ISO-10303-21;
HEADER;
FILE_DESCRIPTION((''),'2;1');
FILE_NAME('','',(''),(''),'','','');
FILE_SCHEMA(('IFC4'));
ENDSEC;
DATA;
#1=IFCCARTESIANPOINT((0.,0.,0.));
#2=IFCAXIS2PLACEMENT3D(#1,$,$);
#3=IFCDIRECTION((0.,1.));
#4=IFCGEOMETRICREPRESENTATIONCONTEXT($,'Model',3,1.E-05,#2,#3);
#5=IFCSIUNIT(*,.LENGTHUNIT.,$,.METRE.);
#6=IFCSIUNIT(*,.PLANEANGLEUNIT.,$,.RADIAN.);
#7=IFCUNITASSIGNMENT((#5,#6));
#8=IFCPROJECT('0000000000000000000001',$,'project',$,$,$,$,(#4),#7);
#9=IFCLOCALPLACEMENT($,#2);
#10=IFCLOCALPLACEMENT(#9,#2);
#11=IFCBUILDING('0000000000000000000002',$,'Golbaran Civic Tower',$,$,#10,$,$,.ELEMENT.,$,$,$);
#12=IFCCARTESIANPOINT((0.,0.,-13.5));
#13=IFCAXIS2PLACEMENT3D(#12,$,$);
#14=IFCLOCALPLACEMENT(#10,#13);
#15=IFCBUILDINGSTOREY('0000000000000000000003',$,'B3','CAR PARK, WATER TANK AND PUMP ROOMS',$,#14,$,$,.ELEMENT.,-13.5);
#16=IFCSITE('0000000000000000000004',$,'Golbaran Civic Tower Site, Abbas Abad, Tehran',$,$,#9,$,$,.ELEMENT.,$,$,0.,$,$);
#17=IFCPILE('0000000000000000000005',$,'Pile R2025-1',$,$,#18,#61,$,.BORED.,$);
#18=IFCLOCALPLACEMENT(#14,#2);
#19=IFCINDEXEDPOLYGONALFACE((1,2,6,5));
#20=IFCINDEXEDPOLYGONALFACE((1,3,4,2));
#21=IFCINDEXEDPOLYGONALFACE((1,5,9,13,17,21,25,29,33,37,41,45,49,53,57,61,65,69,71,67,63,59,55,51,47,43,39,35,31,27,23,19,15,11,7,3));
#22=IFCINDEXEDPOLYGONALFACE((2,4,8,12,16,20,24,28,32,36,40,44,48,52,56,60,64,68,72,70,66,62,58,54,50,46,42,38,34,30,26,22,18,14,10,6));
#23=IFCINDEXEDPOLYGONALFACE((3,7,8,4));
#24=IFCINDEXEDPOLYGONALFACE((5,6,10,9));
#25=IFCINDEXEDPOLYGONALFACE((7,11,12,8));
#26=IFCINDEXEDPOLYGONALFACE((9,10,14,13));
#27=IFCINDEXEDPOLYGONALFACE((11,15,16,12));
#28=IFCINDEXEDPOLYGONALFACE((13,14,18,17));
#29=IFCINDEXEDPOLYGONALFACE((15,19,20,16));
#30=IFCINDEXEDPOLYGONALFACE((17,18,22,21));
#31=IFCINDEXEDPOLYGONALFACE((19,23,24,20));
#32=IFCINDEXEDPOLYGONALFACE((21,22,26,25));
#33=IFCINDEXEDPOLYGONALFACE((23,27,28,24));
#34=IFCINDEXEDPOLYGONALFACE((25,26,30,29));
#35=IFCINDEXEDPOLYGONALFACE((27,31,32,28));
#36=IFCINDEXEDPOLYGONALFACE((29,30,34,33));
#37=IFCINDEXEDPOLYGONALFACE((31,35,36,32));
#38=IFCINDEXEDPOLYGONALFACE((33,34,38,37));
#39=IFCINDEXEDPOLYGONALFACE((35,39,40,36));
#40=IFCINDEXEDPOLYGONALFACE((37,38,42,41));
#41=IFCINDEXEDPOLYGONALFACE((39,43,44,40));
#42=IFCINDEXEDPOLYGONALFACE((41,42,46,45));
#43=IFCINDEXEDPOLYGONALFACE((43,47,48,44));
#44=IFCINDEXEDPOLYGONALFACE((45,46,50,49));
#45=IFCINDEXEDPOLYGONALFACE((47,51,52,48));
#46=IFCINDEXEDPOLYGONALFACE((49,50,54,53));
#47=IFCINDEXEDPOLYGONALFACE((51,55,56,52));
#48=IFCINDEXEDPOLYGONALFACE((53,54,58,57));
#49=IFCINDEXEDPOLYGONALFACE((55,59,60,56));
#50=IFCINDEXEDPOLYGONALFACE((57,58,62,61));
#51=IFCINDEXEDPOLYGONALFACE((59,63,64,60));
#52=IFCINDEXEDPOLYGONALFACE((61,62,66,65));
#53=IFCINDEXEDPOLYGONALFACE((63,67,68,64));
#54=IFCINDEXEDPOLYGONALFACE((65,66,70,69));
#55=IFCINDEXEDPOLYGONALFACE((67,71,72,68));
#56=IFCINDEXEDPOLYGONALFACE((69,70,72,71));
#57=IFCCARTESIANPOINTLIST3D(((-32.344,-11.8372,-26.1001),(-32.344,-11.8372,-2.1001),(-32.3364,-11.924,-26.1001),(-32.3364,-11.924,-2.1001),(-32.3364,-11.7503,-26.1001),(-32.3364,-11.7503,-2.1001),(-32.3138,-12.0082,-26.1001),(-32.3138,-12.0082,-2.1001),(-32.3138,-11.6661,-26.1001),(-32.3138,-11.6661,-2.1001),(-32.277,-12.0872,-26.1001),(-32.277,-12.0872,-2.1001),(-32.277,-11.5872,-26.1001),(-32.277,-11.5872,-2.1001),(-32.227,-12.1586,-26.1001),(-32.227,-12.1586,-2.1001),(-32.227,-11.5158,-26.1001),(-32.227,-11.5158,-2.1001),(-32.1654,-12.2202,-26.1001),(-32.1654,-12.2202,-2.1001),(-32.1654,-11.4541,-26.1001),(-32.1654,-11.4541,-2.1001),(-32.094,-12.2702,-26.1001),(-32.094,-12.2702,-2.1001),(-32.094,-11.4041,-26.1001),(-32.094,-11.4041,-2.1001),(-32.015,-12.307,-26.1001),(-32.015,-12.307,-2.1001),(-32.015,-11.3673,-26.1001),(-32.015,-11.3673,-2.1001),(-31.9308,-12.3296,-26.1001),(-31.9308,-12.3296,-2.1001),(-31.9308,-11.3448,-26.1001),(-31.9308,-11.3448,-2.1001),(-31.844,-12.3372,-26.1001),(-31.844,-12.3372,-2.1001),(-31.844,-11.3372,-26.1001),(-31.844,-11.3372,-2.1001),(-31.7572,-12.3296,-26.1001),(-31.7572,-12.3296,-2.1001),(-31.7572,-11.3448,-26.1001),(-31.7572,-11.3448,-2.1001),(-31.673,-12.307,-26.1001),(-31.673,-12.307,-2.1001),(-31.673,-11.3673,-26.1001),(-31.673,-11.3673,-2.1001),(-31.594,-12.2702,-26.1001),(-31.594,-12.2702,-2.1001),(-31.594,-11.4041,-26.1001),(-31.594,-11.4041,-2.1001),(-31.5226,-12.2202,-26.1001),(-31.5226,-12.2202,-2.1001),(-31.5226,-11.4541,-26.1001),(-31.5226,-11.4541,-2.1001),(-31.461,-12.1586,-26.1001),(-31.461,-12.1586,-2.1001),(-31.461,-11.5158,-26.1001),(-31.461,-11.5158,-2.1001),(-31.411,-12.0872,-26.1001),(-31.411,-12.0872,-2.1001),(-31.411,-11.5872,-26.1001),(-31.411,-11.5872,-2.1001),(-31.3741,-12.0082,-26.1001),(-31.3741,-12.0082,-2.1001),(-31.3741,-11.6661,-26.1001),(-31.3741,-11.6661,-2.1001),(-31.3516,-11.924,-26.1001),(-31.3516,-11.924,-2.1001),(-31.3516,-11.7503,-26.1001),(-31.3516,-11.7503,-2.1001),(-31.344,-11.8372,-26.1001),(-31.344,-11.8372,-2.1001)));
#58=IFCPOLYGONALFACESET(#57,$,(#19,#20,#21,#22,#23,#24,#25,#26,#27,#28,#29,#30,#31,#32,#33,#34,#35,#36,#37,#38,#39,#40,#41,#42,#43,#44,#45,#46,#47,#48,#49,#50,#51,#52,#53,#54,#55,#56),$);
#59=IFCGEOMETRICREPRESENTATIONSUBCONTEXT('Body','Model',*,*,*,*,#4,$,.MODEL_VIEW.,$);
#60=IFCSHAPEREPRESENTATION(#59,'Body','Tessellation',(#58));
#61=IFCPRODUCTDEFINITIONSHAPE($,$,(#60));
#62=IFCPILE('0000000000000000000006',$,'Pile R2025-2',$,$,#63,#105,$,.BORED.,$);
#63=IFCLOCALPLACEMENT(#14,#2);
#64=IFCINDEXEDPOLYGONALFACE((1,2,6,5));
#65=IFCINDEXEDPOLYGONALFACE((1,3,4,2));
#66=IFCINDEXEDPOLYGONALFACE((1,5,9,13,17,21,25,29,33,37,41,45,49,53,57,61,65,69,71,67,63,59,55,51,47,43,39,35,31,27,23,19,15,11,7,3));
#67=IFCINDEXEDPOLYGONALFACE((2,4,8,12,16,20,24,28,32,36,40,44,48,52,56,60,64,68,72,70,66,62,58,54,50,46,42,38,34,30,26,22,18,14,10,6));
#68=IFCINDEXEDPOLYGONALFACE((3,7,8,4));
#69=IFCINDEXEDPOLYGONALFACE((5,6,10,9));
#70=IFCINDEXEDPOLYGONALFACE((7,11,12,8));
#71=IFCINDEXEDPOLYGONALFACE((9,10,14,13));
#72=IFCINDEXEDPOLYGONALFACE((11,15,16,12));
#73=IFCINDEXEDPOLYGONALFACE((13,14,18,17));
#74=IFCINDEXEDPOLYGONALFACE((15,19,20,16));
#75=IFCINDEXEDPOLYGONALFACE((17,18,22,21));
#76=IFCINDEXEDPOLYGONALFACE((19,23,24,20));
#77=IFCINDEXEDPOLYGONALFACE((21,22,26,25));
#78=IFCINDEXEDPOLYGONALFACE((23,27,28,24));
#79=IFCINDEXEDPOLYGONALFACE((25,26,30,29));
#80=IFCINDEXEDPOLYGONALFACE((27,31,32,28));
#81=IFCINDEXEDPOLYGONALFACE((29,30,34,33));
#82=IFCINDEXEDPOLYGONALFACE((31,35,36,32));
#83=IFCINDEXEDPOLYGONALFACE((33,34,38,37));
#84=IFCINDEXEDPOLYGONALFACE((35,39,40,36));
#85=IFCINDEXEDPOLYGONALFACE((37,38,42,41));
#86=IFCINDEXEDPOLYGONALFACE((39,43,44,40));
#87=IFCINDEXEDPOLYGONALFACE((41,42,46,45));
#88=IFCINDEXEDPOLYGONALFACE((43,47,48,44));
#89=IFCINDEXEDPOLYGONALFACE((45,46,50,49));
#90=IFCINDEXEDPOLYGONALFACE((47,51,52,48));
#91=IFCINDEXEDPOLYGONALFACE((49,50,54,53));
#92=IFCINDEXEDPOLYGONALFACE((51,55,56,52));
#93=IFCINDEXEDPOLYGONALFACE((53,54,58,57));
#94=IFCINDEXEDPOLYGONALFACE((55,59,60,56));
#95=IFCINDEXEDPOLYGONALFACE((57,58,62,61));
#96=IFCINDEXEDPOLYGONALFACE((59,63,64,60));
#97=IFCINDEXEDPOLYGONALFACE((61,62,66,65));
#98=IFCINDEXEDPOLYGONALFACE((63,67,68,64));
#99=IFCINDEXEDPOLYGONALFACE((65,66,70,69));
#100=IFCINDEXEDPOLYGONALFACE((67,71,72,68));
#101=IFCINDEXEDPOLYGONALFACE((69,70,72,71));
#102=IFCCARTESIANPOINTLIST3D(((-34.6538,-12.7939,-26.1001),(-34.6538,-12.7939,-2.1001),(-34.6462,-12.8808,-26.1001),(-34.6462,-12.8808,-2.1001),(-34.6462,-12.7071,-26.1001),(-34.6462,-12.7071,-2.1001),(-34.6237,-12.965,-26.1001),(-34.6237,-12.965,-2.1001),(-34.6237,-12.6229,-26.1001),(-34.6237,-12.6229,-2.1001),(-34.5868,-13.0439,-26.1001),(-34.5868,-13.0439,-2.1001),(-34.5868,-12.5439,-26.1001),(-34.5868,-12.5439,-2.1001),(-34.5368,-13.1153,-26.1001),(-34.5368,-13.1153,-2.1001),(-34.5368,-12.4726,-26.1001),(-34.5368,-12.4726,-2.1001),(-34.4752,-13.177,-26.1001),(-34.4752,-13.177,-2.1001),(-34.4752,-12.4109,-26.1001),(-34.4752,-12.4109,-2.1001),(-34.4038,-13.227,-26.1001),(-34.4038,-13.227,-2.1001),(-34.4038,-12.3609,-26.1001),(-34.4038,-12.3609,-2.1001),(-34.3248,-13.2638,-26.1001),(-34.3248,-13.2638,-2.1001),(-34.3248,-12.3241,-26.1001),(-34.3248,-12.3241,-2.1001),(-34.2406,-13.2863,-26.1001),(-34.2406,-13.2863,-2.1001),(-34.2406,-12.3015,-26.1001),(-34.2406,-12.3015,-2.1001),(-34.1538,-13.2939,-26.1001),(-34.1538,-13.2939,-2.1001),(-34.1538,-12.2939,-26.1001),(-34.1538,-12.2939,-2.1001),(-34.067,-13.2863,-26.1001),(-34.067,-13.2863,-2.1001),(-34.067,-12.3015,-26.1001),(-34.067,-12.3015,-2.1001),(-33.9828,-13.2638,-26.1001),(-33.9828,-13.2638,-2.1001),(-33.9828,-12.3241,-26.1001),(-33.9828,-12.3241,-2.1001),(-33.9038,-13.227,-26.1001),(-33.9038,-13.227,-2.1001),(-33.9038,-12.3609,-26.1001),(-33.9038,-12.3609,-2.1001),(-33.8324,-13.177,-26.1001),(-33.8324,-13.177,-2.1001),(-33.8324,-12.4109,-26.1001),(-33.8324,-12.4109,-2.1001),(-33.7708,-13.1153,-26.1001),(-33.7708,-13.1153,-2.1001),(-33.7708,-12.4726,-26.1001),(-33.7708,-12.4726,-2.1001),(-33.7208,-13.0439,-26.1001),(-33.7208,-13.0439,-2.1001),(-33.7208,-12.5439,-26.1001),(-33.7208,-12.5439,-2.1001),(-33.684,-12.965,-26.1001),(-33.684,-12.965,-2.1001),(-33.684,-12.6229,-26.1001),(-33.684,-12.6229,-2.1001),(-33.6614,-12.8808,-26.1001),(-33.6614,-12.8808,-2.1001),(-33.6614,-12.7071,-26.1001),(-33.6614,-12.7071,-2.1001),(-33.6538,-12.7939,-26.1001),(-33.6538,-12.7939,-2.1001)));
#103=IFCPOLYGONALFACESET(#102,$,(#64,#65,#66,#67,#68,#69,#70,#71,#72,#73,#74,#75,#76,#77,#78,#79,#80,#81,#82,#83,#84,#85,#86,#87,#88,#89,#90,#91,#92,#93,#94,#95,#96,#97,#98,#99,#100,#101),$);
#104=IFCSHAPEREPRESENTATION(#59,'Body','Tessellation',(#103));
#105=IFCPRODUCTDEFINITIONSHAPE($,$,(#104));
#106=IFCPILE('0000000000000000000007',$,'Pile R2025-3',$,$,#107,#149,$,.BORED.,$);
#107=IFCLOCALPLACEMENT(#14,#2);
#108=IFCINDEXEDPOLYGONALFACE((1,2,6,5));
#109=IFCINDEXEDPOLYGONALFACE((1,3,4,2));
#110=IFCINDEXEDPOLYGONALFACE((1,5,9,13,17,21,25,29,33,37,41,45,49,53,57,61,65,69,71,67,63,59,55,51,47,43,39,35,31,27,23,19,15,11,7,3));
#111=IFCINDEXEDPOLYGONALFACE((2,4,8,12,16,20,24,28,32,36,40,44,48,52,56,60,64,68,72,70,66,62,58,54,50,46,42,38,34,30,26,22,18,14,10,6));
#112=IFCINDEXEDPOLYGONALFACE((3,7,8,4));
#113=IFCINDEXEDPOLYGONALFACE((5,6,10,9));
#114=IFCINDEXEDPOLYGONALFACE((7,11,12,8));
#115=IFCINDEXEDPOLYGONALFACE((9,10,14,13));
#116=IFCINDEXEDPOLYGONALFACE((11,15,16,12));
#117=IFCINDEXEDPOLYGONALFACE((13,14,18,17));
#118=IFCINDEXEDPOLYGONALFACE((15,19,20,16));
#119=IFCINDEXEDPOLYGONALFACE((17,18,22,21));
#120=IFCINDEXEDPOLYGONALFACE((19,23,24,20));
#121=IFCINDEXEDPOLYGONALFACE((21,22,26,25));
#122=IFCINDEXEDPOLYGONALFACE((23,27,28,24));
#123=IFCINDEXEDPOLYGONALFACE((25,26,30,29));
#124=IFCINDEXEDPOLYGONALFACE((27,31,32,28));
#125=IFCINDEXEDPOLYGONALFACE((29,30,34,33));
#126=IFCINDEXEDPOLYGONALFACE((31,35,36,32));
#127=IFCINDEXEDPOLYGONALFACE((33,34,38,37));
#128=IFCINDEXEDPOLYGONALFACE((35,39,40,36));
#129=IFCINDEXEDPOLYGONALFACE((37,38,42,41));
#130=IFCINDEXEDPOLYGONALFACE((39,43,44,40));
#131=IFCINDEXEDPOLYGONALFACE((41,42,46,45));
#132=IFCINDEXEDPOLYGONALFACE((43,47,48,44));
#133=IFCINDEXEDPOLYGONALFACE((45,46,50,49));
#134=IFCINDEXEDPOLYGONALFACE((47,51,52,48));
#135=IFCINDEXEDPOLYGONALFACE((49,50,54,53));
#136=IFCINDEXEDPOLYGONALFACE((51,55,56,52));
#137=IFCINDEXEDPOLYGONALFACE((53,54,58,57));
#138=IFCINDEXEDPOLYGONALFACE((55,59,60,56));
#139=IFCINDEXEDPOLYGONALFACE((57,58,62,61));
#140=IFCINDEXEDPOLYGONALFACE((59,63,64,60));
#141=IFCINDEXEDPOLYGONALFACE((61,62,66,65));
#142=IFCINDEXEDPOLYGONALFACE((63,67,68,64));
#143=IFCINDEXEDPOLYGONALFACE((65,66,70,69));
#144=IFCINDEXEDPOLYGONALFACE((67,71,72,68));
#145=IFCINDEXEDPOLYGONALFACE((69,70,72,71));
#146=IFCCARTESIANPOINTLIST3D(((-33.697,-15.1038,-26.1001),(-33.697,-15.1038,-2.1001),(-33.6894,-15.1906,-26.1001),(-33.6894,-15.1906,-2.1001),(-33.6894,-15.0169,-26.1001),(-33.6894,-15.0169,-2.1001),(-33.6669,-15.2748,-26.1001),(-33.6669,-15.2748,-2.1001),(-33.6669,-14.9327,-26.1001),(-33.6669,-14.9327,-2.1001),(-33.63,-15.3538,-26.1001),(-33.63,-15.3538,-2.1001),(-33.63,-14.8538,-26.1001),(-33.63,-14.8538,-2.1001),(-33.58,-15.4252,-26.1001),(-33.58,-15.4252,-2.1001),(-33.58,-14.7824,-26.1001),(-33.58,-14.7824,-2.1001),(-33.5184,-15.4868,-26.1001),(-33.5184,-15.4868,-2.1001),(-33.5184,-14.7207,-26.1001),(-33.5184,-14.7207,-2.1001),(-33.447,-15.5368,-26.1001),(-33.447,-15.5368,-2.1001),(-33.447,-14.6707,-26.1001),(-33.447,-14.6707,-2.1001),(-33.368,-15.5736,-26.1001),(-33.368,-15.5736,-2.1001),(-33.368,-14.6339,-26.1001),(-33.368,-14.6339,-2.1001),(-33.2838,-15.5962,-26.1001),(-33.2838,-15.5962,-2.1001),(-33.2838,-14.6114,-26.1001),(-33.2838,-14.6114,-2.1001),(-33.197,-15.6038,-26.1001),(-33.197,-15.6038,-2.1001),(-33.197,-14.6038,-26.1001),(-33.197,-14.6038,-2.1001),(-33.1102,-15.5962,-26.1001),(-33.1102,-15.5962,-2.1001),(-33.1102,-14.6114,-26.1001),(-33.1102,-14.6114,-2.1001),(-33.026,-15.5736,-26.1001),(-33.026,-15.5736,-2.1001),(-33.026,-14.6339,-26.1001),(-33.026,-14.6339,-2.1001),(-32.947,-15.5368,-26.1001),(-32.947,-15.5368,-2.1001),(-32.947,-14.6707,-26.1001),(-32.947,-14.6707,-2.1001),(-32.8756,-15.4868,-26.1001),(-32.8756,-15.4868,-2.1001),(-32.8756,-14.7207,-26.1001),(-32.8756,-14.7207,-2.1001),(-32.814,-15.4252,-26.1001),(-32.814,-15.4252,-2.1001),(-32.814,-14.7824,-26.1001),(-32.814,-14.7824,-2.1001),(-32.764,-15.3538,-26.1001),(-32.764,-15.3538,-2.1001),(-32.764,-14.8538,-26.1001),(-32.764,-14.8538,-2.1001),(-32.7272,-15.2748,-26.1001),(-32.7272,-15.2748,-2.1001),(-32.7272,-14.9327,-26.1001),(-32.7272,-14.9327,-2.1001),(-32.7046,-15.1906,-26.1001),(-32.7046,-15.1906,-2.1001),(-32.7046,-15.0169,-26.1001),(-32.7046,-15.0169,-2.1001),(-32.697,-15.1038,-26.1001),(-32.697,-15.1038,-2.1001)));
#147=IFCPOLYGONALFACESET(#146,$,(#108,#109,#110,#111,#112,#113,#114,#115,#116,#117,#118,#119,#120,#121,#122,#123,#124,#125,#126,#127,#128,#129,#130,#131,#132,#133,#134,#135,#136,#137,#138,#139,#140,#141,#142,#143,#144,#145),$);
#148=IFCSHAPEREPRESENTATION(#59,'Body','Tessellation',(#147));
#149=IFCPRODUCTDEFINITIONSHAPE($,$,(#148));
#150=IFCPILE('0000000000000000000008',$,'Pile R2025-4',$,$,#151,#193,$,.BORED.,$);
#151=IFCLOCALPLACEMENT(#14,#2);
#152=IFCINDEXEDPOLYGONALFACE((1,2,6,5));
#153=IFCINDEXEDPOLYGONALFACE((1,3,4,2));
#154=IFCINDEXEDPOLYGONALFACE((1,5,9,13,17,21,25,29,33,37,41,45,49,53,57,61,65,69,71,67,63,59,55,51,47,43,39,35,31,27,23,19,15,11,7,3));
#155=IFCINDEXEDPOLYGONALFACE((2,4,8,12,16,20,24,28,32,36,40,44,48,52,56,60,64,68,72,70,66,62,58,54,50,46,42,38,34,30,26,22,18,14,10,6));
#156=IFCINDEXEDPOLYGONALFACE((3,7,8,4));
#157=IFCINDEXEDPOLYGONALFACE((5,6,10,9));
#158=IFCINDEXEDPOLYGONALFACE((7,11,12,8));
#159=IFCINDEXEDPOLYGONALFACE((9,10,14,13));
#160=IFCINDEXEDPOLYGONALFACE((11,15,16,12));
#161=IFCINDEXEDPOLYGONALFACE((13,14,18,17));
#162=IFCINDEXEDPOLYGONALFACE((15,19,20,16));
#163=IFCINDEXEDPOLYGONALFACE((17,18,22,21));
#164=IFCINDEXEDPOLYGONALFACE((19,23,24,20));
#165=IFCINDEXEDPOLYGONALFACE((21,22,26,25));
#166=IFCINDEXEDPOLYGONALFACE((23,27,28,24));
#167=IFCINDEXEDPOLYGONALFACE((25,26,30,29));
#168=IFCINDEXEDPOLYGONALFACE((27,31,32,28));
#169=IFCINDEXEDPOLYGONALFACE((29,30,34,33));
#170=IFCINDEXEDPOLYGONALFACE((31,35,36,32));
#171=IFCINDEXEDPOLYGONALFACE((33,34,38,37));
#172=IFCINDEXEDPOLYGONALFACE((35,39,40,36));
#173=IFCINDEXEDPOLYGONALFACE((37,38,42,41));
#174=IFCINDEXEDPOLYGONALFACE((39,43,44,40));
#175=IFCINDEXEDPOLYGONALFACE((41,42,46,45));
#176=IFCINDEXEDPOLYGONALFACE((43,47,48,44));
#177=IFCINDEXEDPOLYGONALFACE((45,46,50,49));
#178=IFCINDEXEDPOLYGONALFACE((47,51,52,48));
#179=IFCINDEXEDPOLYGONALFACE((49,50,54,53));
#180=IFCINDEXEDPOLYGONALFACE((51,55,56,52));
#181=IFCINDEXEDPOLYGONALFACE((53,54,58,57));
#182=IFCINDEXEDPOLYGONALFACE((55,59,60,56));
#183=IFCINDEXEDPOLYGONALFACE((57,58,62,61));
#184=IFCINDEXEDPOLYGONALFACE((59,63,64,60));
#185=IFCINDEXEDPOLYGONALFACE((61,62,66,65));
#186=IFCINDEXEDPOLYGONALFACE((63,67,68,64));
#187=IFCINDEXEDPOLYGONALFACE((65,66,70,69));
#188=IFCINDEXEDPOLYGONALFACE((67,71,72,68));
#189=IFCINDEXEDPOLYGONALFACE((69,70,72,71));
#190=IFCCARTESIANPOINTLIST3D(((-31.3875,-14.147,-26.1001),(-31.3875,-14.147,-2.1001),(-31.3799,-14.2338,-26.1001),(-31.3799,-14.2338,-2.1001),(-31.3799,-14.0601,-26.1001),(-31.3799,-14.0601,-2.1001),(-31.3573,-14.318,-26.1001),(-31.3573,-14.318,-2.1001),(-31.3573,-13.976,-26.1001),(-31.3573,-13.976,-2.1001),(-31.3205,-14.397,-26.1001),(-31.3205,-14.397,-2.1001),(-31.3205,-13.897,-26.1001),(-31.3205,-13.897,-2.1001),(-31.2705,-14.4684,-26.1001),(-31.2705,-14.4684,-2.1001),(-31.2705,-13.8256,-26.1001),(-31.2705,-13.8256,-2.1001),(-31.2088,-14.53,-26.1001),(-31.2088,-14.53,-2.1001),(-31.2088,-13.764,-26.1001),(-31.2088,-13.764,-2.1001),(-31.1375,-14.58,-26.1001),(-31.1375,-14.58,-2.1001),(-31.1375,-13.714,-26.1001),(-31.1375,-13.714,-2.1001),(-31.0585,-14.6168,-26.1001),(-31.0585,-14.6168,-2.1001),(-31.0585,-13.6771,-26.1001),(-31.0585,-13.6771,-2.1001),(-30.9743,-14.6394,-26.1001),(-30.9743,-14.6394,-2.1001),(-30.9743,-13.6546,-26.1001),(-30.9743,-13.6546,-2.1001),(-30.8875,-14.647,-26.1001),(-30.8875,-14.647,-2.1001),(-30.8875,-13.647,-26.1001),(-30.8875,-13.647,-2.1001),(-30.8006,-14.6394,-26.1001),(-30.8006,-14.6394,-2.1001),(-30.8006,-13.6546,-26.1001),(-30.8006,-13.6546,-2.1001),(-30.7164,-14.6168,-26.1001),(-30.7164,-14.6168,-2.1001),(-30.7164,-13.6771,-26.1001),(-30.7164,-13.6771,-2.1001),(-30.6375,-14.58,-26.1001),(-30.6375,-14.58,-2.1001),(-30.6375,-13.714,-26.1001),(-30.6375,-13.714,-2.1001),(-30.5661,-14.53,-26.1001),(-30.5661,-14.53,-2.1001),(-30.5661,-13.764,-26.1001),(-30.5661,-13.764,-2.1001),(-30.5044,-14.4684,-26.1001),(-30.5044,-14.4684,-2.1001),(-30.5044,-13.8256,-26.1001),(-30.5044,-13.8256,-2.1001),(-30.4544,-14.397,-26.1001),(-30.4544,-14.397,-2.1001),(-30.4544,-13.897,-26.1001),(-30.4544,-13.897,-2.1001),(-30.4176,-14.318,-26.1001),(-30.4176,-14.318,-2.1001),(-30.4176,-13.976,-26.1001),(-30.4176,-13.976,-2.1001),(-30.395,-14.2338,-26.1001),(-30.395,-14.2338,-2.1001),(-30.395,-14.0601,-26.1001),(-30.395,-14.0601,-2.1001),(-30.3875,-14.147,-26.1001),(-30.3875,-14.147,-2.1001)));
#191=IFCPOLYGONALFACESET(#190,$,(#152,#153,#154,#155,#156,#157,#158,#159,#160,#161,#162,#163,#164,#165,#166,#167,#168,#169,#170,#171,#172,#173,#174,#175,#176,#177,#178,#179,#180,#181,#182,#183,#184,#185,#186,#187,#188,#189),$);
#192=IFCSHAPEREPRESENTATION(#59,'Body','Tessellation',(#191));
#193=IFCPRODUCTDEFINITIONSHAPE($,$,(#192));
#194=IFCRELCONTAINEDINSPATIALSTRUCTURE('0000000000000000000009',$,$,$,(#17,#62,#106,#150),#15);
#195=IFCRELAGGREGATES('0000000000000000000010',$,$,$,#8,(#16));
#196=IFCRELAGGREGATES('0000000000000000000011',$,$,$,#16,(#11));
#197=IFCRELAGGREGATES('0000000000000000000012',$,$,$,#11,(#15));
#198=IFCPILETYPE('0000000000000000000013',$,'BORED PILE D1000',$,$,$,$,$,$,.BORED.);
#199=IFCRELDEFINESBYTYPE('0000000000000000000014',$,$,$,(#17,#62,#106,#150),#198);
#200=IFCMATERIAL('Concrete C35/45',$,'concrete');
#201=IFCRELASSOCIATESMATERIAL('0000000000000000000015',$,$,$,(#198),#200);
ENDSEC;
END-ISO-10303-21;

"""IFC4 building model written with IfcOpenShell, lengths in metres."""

from ifc_helpers import new_model, si_unit, direction, frame, origin, origin_2d, place, context, subcontext, project, spatial, circle, extrude, material, material_profile, profile_set, type_object, element, save


model = new_model("IFC4")

# Units and contexts
model_context = context("Model", 3, precision=1e-05, world=origin(), true_north=direction((0.0, 1.0)))
body_context = subcontext(model_context, "Body", "Model", "MODEL_VIEW")
ifc_project = project(units=[si_unit("LENGTHUNIT", "METRE"), si_unit("PLANEANGLEUNIT", "RADIAN")], contexts=[model_context])

# Site, building, storey
site_placement = place(None, origin())
site = spatial("IfcSite", under=ifc_project, at=site_placement, Name="Golbaran Civic Tower Site, Abbas Abad, Tehran", CompositionType="ELEMENT", RefElevation=0.0)
building_placement = place(site_placement, origin())
building = spatial("IfcBuilding", under=site, at=building_placement, Name="Golbaran Civic Tower", CompositionType="ELEMENT")
storey_placement = place(building_placement, frame((0.0, 0.0, -13.5)))
storey = spatial("IfcBuildingStorey", under=building, at=storey_placement, Name="B3", Description="CAR PARK, WATER TANK AND PUMP ROOMS", CompositionType="ELEMENT", Elevation=-13.5)

# Piles
ifc_material_1 = material(Name="Concrete C35/45", Category="concrete")
ifc_material_profile_1 = material_profile(ifc_material_1, circle(Radius=0.5, at=origin_2d()), Name="BORED PILE D1000")
ifc_profile_set_1 = profile_set([ifc_material_profile_1], Name="Concrete C35/45")
pile_type_1 = type_object("IfcPileType", Name="BORED PILE D1000", PredefinedType="BORED", material=ifc_profile_set_1)
for number, where, z_axis, x_axis, name in (
    (1, (-31.844, -11.8372, -2.1001), (0.0, 0.0, -1.0), (1.0, 0.0, 0.0), "Pile R2025-1"),
    (2, (-34.1538, -12.7939, -2.1001), (0.0, 0.0, -1.0), (1.0, 0.0, 0.0), "Pile R2025-2"),
    (3, (-33.197, -15.1038, -2.1001), (0.0, 0.0, -1.0), (1.0, 0.0, 0.0), "Pile R2025-3"),
    (4, (-30.8875, -14.147, -2.1001), (0.0, 0.0, -1.0), (1.0, 0.0, 0.0), "Pile R2025-4"),
):
    element("IfcPile", number, at=place(storey_placement, frame(where, z_axis=z_axis, x_axis=x_axis)), inside=storey, type_object=pile_type_1, Name=name, PredefinedType="BORED", context=body_context, shape_type="SweptSolid", body=[
        extrude(circle(Radius=0.5, at=origin_2d()), origin(), (0.0, 0.0, 1.0), 24.0),
    ])

save(model, "model.ifc")
